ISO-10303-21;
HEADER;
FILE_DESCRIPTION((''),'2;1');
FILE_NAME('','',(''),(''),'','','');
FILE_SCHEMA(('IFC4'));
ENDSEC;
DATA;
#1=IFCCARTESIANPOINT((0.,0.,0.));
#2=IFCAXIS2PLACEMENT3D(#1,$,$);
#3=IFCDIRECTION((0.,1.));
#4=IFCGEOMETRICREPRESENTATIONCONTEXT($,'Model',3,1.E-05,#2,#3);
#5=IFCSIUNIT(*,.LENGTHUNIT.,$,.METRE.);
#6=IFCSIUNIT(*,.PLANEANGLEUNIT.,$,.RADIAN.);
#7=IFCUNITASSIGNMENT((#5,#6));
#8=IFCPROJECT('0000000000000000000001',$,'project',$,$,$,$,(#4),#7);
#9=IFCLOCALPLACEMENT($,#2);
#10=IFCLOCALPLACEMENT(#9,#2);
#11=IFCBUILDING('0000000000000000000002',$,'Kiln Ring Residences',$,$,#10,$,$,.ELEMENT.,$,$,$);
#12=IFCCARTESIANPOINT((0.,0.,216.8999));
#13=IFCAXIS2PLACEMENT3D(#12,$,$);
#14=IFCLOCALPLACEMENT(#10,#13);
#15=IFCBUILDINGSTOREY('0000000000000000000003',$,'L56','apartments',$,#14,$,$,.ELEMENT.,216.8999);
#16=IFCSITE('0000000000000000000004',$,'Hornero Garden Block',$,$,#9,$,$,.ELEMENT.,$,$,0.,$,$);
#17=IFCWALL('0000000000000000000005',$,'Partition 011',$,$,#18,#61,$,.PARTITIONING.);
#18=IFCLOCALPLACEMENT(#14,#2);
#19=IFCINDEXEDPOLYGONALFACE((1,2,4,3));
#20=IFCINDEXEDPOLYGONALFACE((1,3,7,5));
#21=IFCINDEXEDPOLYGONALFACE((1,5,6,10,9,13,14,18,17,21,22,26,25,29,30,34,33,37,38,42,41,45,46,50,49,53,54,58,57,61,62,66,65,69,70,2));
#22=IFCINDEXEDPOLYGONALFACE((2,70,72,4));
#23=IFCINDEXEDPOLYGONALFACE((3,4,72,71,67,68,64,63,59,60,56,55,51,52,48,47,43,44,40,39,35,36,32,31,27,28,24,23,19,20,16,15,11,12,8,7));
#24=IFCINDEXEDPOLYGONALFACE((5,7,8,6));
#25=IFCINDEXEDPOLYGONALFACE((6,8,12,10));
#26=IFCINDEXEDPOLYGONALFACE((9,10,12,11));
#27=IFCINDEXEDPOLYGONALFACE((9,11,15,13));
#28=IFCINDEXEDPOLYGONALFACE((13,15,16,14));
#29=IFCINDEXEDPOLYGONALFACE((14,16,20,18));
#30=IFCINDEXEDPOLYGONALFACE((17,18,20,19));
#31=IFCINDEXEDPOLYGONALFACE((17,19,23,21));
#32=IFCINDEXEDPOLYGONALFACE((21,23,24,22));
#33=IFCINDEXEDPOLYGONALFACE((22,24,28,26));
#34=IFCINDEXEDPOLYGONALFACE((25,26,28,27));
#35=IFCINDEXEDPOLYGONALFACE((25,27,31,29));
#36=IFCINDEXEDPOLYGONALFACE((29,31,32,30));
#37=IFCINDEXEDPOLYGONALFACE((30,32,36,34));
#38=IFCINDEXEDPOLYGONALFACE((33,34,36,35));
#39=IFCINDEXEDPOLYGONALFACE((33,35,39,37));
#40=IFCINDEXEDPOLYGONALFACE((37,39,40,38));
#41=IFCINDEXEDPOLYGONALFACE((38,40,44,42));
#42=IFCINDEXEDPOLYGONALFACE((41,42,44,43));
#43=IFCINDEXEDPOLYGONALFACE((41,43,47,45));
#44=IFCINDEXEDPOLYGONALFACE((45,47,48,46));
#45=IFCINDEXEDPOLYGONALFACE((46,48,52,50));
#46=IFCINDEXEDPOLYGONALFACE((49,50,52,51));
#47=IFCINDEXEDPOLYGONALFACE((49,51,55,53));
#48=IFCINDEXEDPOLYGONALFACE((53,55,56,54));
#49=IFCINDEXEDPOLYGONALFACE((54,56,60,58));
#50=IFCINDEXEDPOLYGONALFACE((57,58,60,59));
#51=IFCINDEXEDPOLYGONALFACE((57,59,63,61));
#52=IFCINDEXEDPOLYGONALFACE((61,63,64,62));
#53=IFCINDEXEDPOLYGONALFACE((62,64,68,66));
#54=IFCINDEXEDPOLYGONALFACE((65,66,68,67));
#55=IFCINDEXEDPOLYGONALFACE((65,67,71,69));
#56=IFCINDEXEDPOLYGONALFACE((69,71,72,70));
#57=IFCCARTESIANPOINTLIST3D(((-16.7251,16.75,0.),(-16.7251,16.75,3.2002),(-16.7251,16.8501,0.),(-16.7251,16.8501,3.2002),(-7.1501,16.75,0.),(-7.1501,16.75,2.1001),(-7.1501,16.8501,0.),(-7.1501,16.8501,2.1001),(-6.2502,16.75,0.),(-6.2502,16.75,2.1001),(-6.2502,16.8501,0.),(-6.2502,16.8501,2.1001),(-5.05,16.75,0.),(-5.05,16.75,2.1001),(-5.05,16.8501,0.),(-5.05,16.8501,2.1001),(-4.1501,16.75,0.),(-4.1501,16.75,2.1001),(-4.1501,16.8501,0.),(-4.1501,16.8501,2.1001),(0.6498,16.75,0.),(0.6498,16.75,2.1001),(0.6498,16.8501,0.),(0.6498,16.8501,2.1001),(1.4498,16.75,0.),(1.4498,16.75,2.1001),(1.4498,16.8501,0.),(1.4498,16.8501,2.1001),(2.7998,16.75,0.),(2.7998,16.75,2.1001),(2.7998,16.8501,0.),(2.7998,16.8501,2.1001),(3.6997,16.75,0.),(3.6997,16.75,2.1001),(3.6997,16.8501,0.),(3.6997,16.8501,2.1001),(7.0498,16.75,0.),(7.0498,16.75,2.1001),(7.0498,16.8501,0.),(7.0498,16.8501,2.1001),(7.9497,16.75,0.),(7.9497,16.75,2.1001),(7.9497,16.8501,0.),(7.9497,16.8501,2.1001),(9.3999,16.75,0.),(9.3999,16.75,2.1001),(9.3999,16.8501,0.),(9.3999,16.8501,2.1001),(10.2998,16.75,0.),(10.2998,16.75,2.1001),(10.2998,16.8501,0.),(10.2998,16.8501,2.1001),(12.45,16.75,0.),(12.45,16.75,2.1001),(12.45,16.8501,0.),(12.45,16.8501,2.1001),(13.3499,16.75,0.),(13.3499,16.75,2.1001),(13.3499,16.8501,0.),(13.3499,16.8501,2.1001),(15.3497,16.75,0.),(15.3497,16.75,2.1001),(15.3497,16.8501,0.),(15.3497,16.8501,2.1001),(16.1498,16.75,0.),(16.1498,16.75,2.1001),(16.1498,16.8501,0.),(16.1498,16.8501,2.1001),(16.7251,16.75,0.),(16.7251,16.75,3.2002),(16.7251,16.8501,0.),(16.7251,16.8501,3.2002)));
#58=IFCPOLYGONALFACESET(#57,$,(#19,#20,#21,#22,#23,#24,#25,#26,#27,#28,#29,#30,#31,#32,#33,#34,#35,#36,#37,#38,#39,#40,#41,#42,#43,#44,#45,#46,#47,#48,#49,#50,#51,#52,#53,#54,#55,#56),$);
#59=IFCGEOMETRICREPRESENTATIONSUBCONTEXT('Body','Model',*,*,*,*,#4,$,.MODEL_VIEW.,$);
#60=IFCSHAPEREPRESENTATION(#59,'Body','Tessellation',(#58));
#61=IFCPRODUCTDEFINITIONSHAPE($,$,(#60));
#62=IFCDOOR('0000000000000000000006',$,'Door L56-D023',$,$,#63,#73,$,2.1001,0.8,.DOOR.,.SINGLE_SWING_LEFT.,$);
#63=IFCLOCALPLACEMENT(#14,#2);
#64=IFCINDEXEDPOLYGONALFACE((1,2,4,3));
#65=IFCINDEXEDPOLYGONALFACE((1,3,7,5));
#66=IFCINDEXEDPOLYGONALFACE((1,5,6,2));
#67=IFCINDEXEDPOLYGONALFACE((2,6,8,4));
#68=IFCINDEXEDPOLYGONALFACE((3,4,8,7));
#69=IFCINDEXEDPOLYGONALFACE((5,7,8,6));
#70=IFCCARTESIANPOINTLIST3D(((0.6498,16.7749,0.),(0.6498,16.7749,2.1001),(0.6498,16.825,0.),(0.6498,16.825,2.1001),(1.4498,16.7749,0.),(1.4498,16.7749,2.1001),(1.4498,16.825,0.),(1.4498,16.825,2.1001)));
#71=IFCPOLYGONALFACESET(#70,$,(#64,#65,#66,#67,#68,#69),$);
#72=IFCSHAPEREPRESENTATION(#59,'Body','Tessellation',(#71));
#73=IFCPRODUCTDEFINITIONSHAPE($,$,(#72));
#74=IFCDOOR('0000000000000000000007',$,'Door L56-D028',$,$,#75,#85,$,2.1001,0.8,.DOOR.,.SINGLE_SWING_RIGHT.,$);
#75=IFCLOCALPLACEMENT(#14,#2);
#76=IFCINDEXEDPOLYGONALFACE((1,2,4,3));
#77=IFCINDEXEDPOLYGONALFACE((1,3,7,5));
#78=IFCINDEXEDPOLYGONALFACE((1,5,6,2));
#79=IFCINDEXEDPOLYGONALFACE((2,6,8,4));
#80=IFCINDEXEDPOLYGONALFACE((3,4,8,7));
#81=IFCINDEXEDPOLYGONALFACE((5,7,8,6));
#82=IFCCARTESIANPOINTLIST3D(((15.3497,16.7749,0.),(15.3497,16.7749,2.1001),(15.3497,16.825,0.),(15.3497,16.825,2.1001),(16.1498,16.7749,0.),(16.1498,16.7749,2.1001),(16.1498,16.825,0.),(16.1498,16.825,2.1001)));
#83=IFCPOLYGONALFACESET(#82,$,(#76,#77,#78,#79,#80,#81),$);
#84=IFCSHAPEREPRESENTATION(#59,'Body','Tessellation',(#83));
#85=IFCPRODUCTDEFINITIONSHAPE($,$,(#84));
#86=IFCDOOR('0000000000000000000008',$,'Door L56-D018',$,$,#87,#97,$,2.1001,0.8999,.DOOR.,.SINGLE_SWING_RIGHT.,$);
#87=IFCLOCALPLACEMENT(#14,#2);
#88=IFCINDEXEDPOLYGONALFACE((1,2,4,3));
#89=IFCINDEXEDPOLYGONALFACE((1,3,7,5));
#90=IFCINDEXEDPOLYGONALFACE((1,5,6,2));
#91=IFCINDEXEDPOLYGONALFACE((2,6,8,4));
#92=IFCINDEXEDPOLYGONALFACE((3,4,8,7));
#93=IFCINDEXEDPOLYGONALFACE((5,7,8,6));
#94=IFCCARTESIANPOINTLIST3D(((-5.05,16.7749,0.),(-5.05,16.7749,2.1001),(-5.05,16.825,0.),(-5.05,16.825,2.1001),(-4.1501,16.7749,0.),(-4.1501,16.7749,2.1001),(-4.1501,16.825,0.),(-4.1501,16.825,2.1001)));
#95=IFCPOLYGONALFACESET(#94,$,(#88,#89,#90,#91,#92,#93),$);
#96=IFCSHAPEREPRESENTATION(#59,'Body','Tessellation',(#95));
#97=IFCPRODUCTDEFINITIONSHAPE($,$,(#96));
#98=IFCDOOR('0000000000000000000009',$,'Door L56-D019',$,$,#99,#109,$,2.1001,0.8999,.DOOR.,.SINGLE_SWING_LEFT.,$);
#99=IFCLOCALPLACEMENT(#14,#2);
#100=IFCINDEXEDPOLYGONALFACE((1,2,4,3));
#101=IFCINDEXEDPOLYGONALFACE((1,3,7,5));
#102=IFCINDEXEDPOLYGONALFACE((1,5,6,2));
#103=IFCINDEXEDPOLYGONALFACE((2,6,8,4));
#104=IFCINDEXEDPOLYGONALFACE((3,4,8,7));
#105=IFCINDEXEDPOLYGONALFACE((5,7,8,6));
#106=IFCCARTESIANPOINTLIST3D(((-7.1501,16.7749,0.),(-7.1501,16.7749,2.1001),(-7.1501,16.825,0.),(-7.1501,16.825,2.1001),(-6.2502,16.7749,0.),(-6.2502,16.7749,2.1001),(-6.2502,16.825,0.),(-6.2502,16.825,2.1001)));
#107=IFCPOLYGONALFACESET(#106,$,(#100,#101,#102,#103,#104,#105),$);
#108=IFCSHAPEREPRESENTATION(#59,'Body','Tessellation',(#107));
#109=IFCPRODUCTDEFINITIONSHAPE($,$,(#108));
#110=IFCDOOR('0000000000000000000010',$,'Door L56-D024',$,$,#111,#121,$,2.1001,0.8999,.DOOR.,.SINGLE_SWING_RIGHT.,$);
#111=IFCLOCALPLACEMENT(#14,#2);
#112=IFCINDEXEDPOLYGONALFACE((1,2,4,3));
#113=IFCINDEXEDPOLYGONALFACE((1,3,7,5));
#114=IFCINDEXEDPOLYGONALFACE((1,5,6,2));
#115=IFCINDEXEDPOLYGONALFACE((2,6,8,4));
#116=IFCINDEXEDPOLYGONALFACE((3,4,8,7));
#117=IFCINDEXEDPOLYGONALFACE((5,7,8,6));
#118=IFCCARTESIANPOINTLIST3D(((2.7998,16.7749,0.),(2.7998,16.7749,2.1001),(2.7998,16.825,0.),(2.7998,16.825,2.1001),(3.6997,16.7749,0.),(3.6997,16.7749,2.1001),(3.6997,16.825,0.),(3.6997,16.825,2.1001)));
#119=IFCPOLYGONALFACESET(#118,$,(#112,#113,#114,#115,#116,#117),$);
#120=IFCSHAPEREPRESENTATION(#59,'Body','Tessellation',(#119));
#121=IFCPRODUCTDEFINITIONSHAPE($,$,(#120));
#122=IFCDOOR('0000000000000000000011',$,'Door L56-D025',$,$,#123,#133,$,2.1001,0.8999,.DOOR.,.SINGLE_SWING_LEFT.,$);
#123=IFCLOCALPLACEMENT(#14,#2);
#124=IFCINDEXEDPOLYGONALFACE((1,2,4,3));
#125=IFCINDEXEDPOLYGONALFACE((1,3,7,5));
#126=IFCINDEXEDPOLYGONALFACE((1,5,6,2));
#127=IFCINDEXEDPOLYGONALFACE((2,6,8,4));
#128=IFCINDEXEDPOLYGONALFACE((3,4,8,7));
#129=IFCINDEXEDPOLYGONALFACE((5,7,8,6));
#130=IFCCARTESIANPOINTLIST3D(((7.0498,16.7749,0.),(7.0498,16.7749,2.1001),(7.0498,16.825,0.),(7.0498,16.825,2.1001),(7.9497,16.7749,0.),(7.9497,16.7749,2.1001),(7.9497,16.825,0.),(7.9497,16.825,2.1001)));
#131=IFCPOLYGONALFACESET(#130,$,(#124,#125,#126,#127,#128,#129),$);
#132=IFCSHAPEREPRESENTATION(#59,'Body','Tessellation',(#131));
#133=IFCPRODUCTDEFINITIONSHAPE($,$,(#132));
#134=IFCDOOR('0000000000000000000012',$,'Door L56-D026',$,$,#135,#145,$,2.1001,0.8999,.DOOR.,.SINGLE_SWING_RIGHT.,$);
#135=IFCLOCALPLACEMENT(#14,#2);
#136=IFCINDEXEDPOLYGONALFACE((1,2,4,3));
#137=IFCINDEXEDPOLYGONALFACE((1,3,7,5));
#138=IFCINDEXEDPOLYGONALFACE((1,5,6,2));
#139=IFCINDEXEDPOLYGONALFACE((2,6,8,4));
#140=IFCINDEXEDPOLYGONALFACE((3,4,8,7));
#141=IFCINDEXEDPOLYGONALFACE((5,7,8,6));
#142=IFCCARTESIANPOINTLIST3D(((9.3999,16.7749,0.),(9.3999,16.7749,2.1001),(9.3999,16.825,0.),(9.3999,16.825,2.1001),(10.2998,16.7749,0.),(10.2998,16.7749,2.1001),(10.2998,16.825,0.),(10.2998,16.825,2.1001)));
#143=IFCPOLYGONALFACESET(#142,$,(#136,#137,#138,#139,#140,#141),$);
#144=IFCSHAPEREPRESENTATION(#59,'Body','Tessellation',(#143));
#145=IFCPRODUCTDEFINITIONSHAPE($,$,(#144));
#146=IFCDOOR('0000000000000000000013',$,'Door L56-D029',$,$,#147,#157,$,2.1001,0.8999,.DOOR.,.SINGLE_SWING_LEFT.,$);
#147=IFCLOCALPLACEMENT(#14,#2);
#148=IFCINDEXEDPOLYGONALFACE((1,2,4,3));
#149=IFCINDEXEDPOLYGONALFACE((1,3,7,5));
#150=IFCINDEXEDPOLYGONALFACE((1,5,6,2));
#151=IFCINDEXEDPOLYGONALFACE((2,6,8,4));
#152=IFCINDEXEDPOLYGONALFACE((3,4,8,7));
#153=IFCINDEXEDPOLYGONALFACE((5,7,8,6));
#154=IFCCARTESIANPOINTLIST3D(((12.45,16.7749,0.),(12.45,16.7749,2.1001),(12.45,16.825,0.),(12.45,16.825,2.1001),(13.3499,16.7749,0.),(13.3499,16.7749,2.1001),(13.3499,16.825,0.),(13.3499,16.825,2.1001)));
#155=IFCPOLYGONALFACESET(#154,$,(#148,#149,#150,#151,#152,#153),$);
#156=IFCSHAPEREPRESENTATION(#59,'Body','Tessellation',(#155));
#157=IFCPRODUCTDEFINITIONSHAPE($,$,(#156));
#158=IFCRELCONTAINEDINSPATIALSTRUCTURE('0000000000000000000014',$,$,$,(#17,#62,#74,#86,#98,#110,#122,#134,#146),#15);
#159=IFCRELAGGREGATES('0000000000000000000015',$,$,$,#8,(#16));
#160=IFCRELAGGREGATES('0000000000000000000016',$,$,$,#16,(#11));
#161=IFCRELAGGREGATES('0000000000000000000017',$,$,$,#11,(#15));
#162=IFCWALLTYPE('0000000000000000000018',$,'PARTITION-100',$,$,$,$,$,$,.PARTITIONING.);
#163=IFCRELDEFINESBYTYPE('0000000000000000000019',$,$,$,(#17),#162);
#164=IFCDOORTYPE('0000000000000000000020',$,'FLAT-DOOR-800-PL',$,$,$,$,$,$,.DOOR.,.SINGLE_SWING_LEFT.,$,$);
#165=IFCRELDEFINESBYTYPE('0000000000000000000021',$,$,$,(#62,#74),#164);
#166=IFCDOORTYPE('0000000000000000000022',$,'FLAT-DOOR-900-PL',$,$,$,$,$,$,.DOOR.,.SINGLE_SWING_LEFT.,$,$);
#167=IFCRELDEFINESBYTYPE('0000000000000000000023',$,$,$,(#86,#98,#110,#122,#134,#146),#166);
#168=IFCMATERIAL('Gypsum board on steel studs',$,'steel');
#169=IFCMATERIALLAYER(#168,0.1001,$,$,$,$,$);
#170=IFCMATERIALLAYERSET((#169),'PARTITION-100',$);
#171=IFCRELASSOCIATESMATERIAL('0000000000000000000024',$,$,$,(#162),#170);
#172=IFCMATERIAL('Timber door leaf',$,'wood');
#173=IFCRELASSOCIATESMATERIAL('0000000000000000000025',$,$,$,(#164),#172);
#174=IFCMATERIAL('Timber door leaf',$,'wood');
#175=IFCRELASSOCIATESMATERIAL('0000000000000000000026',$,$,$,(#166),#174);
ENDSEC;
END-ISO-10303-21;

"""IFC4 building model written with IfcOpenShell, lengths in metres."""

from ifc_helpers import new_model, si_unit, direction, frame, frame_2d, origin, place, context, subcontext, project, spatial, rectangle, extrude, material, layer, layer_set, type_object, element, fill, save


model = new_model("IFC4")

# Units and contexts
model_context = context("Model", 3, precision=1e-05, world=origin(), true_north=direction((0.0, 1.0)))
body_context = subcontext(model_context, "Body", "Model", "MODEL_VIEW")
ifc_project = project(units=[si_unit("LENGTHUNIT", "METRE"), si_unit("PLANEANGLEUNIT", "RADIAN")], contexts=[model_context])

# Site, building, storey
site_placement = place(None, origin())
site = spatial("IfcSite", under=ifc_project, at=site_placement, Name="Hornero Garden Block", CompositionType="ELEMENT", RefElevation=0.0)
building_placement = place(site_placement, origin())
building = spatial("IfcBuilding", under=site, at=building_placement, Name="Kiln Ring Residences", CompositionType="ELEMENT")
storey_placement = place(building_placement, frame((0.0, 0.0, 216.8999)))
storey = spatial("IfcBuildingStorey", under=building, at=storey_placement, Name="L56", Description="apartments", CompositionType="ELEMENT", Elevation=216.8999)

# Wall, openings, doors
ifc_material_1 = material(Name="Gypsum board on steel studs", Category="steel")
ifc_layer_1 = layer(ifc_material_1, 0.1001)
ifc_layer_set_1 = layer_set([ifc_layer_1], Name="PARTITION-100")
wall_type_1 = type_object("IfcWallType", Name="PARTITION-100", PredefinedType="PARTITIONING", material=ifc_layer_set_1)
wall_1_placement = place(storey_placement, frame((-16.7251, 16.8, 0.0), z_axis=(0.0, 0.0, 1.0), x_axis=(1.0, 0.0, 0.0)))
wall_1 = element("IfcWall", 1, at=wall_1_placement, inside=storey, type_object=wall_type_1, Name="Partition 011", PredefinedType="PARTITIONING", context=body_context, shape_type="SweptSolid", body=[
    extrude(rectangle(XDim=33.4502, YDim=0.1001, at=frame_2d((16.7251, 0.0))), origin(), (0.0, 0.0, 1.0), 3.2002),
])
opening_1_placement = place(wall_1_placement, frame((11.675, 0.0, 0.0)))
opening_1 = element("IfcOpeningElement", 2, at=opening_1_placement, cuts=wall_1, PredefinedType="OPENING", context=body_context, shape_type="SweptSolid", body=[
    extrude(rectangle(XDim=0.8999, YDim=2.1001, at=frame_2d((0.45, 1.05))), frame((0.0, 0.0601, 0.0), z_axis=(0.0, -1.0, 0.0), x_axis=(1.0, 0.0, 0.0)), (0.0, 0.0, 1.0), 0.1201),
])
opening_2_placement = place(wall_1_placement, frame((9.575, 0.0, 0.0)))
opening_2 = element("IfcOpeningElement", 3, at=opening_2_placement, cuts=wall_1, PredefinedType="OPENING", context=body_context, shape_type="SweptSolid", body=[
    extrude(rectangle(XDim=0.8999, YDim=2.1001, at=frame_2d((0.45, 1.05))), frame((0.0, 0.0601, 0.0), z_axis=(0.0, -1.0, 0.0), x_axis=(1.0, 0.0, 0.0)), (0.0, 0.0, 1.0), 0.1201),
])
opening_3_placement = place(wall_1_placement, frame((17.375, 0.0, 0.0)))
opening_3 = element("IfcOpeningElement", 4, at=opening_3_placement, cuts=wall_1, PredefinedType="OPENING", context=body_context, shape_type="SweptSolid", body=[
    extrude(rectangle(XDim=0.8, YDim=2.1001, at=frame_2d((0.3999, 1.05))), frame((0.0, 0.0601, 0.0), z_axis=(0.0, -1.0, 0.0), x_axis=(1.0, 0.0, 0.0)), (0.0, 0.0, 1.0), 0.1201),
])
opening_4_placement = place(wall_1_placement, frame((19.5249, 0.0, 0.0)))
opening_4 = element("IfcOpeningElement", 5, at=opening_4_placement, cuts=wall_1, PredefinedType="OPENING", context=body_context, shape_type="SweptSolid", body=[
    extrude(rectangle(XDim=0.8999, YDim=2.1001, at=frame_2d((0.45, 1.05))), frame((0.0, 0.0601, 0.0), z_axis=(0.0, -1.0, 0.0), x_axis=(1.0, 0.0, 0.0)), (0.0, 0.0, 1.0), 0.1201),
])
opening_5_placement = place(wall_1_placement, frame((23.7749, 0.0, 0.0)))
opening_5 = element("IfcOpeningElement", 6, at=opening_5_placement, cuts=wall_1, PredefinedType="OPENING", context=body_context, shape_type="SweptSolid", body=[
    extrude(rectangle(XDim=0.8999, YDim=2.1001, at=frame_2d((0.45, 1.05))), frame((0.0, 0.0601, 0.0), z_axis=(0.0, -1.0, 0.0), x_axis=(1.0, 0.0, 0.0)), (0.0, 0.0, 1.0), 0.1201),
])
opening_6_placement = place(wall_1_placement, frame((26.125, 0.0, 0.0)))
opening_6 = element("IfcOpeningElement", 7, at=opening_6_placement, cuts=wall_1, PredefinedType="OPENING", context=body_context, shape_type="SweptSolid", body=[
    extrude(rectangle(XDim=0.8999, YDim=2.1001, at=frame_2d((0.45, 1.05))), frame((0.0, 0.0601, 0.0), z_axis=(0.0, -1.0, 0.0), x_axis=(1.0, 0.0, 0.0)), (0.0, 0.0, 1.0), 0.1201),
])
opening_7_placement = place(wall_1_placement, frame((32.075, 0.0, 0.0)))
opening_7 = element("IfcOpeningElement", 8, at=opening_7_placement, cuts=wall_1, PredefinedType="OPENING", context=body_context, shape_type="SweptSolid", body=[
    extrude(rectangle(XDim=0.8, YDim=2.1001, at=frame_2d((0.3999, 1.05))), frame((0.0, 0.0601, 0.0), z_axis=(0.0, -1.0, 0.0), x_axis=(1.0, 0.0, 0.0)), (0.0, 0.0, 1.0), 0.1201),
])
opening_8_placement = place(wall_1_placement, frame((29.175, 0.0, 0.0)))
opening_8 = element("IfcOpeningElement", 9, at=opening_8_placement, cuts=wall_1, PredefinedType="OPENING", context=body_context, shape_type="SweptSolid", body=[
    extrude(rectangle(XDim=0.8999, YDim=2.1001, at=frame_2d((0.45, 1.05))), frame((0.0, 0.0601, 0.0), z_axis=(0.0, -1.0, 0.0), x_axis=(1.0, 0.0, 0.0)), (0.0, 0.0, 1.0), 0.1201),
])
ifc_material_2 = material(Name="Timber door leaf", Category="wood")
door_type_1 = type_object("IfcDoorType", Name="FLAT-DOOR-800-PL", OperationType="SINGLE_SWING_LEFT", PredefinedType="DOOR", material=ifc_material_2)
door_1_placement = place(opening_3_placement, origin())
door_1 = element("IfcDoor", 10, at=door_1_placement, inside=storey, type_object=door_type_1, Name="Door L56-D023", OperationType="SINGLE_SWING_LEFT", OverallHeight=2.1001, OverallWidth=0.8, PredefinedType="DOOR", context=body_context, shape_type="SweptSolid", body=[
    extrude(rectangle(XDim=0.8, YDim=2.1001, at=frame_2d((0.3999, 1.05))), frame((0.0, 0.0249, 0.0), z_axis=(0.0, -1.0, 0.0), x_axis=(1.0, 0.0, 0.0)), (0.0, 0.0, 1.0), 0.05),
])
fill(opening_3, door_1)
door_2_placement = place(opening_7_placement, origin())
door_2 = element("IfcDoor", 11, at=door_2_placement, inside=storey, type_object=door_type_1, Name="Door L56-D028", OperationType="SINGLE_SWING_RIGHT", OverallHeight=2.1001, OverallWidth=0.8, PredefinedType="DOOR", context=body_context, shape_type="SweptSolid", body=[
    extrude(rectangle(XDim=0.8, YDim=2.1001, at=frame_2d((0.3999, 1.05))), frame((0.0, 0.0249, 0.0), z_axis=(0.0, -1.0, 0.0), x_axis=(1.0, 0.0, 0.0)), (0.0, 0.0, 1.0), 0.05),
])
fill(opening_7, door_2)
ifc_material_3 = material(Name="Timber door leaf", Category="wood")
door_type_2 = type_object("IfcDoorType", Name="FLAT-DOOR-900-PL", OperationType="SINGLE_SWING_LEFT", PredefinedType="DOOR", material=ifc_material_3)
door_3_placement = place(opening_1_placement, origin())
door_3 = element("IfcDoor", 12, at=door_3_placement, inside=storey, type_object=door_type_2, Name="Door L56-D018", OperationType="SINGLE_SWING_RIGHT", OverallHeight=2.1001, OverallWidth=0.8999, PredefinedType="DOOR", context=body_context, shape_type="SweptSolid", body=[
    extrude(rectangle(XDim=0.8999, YDim=2.1001, at=frame_2d((0.45, 1.05))), frame((0.0, 0.0249, 0.0), z_axis=(0.0, -1.0, 0.0), x_axis=(1.0, 0.0, 0.0)), (0.0, 0.0, 1.0), 0.05),
])
fill(opening_1, door_3)
door_4_placement = place(opening_2_placement, origin())
door_4 = element("IfcDoor", 13, at=door_4_placement, inside=storey, type_object=door_type_2, Name="Door L56-D019", OperationType="SINGLE_SWING_LEFT", OverallHeight=2.1001, OverallWidth=0.8999, PredefinedType="DOOR", context=body_context, shape_type="SweptSolid", body=[
    extrude(rectangle(XDim=0.8999, YDim=2.1001, at=frame_2d((0.45, 1.05))), frame((0.0, 0.0249, 0.0), z_axis=(0.0, -1.0, 0.0), x_axis=(1.0, 0.0, 0.0)), (0.0, 0.0, 1.0), 0.05),
])
fill(opening_2, door_4)
door_5_placement = place(opening_4_placement, origin())
door_5 = element("IfcDoor", 14, at=door_5_placement, inside=storey, type_object=door_type_2, Name="Door L56-D024", OperationType="SINGLE_SWING_RIGHT", OverallHeight=2.1001, OverallWidth=0.8999, PredefinedType="DOOR", context=body_context, shape_type="SweptSolid", body=[
    extrude(rectangle(XDim=0.8999, YDim=2.1001, at=frame_2d((0.45, 1.05))), frame((0.0, 0.0249, 0.0), z_axis=(0.0, -1.0, 0.0), x_axis=(1.0, 0.0, 0.0)), (0.0, 0.0, 1.0), 0.05),
])
fill(opening_4, door_5)
door_6_placement = place(opening_5_placement, origin())
door_6 = element("IfcDoor", 15, at=door_6_placement, inside=storey, type_object=door_type_2, Name="Door L56-D025", OperationType="SINGLE_SWING_LEFT", OverallHeight=2.1001, OverallWidth=0.8999, PredefinedType="DOOR", context=body_context, shape_type="SweptSolid", body=[
    extrude(rectangle(XDim=0.8999, YDim=2.1001, at=frame_2d((0.45, 1.05))), frame((0.0, 0.0249, 0.0), z_axis=(0.0, -1.0, 0.0), x_axis=(1.0, 0.0, 0.0)), (0.0, 0.0, 1.0), 0.05),
])
fill(opening_5, door_6)
door_7_placement = place(opening_6_placement, origin())
door_7 = element("IfcDoor", 16, at=door_7_placement, inside=storey, type_object=door_type_2, Name="Door L56-D026", OperationType="SINGLE_SWING_RIGHT", OverallHeight=2.1001, OverallWidth=0.8999, PredefinedType="DOOR", context=body_context, shape_type="SweptSolid", body=[
    extrude(rectangle(XDim=0.8999, YDim=2.1001, at=frame_2d((0.45, 1.05))), frame((0.0, 0.0249, 0.0), z_axis=(0.0, -1.0, 0.0), x_axis=(1.0, 0.0, 0.0)), (0.0, 0.0, 1.0), 0.05),
])
fill(opening_6, door_7)
door_8_placement = place(opening_8_placement, origin())
door_8 = element("IfcDoor", 17, at=door_8_placement, inside=storey, type_object=door_type_2, Name="Door L56-D029", OperationType="SINGLE_SWING_LEFT", OverallHeight=2.1001, OverallWidth=0.8999, PredefinedType="DOOR", context=body_context, shape_type="SweptSolid", body=[
    extrude(rectangle(XDim=0.8999, YDim=2.1001, at=frame_2d((0.45, 1.05))), frame((0.0, 0.0249, 0.0), z_axis=(0.0, -1.0, 0.0), x_axis=(1.0, 0.0, 0.0)), (0.0, 0.0, 1.0), 0.05),
])
fill(opening_8, door_8)

save(model, "model.ifc")
